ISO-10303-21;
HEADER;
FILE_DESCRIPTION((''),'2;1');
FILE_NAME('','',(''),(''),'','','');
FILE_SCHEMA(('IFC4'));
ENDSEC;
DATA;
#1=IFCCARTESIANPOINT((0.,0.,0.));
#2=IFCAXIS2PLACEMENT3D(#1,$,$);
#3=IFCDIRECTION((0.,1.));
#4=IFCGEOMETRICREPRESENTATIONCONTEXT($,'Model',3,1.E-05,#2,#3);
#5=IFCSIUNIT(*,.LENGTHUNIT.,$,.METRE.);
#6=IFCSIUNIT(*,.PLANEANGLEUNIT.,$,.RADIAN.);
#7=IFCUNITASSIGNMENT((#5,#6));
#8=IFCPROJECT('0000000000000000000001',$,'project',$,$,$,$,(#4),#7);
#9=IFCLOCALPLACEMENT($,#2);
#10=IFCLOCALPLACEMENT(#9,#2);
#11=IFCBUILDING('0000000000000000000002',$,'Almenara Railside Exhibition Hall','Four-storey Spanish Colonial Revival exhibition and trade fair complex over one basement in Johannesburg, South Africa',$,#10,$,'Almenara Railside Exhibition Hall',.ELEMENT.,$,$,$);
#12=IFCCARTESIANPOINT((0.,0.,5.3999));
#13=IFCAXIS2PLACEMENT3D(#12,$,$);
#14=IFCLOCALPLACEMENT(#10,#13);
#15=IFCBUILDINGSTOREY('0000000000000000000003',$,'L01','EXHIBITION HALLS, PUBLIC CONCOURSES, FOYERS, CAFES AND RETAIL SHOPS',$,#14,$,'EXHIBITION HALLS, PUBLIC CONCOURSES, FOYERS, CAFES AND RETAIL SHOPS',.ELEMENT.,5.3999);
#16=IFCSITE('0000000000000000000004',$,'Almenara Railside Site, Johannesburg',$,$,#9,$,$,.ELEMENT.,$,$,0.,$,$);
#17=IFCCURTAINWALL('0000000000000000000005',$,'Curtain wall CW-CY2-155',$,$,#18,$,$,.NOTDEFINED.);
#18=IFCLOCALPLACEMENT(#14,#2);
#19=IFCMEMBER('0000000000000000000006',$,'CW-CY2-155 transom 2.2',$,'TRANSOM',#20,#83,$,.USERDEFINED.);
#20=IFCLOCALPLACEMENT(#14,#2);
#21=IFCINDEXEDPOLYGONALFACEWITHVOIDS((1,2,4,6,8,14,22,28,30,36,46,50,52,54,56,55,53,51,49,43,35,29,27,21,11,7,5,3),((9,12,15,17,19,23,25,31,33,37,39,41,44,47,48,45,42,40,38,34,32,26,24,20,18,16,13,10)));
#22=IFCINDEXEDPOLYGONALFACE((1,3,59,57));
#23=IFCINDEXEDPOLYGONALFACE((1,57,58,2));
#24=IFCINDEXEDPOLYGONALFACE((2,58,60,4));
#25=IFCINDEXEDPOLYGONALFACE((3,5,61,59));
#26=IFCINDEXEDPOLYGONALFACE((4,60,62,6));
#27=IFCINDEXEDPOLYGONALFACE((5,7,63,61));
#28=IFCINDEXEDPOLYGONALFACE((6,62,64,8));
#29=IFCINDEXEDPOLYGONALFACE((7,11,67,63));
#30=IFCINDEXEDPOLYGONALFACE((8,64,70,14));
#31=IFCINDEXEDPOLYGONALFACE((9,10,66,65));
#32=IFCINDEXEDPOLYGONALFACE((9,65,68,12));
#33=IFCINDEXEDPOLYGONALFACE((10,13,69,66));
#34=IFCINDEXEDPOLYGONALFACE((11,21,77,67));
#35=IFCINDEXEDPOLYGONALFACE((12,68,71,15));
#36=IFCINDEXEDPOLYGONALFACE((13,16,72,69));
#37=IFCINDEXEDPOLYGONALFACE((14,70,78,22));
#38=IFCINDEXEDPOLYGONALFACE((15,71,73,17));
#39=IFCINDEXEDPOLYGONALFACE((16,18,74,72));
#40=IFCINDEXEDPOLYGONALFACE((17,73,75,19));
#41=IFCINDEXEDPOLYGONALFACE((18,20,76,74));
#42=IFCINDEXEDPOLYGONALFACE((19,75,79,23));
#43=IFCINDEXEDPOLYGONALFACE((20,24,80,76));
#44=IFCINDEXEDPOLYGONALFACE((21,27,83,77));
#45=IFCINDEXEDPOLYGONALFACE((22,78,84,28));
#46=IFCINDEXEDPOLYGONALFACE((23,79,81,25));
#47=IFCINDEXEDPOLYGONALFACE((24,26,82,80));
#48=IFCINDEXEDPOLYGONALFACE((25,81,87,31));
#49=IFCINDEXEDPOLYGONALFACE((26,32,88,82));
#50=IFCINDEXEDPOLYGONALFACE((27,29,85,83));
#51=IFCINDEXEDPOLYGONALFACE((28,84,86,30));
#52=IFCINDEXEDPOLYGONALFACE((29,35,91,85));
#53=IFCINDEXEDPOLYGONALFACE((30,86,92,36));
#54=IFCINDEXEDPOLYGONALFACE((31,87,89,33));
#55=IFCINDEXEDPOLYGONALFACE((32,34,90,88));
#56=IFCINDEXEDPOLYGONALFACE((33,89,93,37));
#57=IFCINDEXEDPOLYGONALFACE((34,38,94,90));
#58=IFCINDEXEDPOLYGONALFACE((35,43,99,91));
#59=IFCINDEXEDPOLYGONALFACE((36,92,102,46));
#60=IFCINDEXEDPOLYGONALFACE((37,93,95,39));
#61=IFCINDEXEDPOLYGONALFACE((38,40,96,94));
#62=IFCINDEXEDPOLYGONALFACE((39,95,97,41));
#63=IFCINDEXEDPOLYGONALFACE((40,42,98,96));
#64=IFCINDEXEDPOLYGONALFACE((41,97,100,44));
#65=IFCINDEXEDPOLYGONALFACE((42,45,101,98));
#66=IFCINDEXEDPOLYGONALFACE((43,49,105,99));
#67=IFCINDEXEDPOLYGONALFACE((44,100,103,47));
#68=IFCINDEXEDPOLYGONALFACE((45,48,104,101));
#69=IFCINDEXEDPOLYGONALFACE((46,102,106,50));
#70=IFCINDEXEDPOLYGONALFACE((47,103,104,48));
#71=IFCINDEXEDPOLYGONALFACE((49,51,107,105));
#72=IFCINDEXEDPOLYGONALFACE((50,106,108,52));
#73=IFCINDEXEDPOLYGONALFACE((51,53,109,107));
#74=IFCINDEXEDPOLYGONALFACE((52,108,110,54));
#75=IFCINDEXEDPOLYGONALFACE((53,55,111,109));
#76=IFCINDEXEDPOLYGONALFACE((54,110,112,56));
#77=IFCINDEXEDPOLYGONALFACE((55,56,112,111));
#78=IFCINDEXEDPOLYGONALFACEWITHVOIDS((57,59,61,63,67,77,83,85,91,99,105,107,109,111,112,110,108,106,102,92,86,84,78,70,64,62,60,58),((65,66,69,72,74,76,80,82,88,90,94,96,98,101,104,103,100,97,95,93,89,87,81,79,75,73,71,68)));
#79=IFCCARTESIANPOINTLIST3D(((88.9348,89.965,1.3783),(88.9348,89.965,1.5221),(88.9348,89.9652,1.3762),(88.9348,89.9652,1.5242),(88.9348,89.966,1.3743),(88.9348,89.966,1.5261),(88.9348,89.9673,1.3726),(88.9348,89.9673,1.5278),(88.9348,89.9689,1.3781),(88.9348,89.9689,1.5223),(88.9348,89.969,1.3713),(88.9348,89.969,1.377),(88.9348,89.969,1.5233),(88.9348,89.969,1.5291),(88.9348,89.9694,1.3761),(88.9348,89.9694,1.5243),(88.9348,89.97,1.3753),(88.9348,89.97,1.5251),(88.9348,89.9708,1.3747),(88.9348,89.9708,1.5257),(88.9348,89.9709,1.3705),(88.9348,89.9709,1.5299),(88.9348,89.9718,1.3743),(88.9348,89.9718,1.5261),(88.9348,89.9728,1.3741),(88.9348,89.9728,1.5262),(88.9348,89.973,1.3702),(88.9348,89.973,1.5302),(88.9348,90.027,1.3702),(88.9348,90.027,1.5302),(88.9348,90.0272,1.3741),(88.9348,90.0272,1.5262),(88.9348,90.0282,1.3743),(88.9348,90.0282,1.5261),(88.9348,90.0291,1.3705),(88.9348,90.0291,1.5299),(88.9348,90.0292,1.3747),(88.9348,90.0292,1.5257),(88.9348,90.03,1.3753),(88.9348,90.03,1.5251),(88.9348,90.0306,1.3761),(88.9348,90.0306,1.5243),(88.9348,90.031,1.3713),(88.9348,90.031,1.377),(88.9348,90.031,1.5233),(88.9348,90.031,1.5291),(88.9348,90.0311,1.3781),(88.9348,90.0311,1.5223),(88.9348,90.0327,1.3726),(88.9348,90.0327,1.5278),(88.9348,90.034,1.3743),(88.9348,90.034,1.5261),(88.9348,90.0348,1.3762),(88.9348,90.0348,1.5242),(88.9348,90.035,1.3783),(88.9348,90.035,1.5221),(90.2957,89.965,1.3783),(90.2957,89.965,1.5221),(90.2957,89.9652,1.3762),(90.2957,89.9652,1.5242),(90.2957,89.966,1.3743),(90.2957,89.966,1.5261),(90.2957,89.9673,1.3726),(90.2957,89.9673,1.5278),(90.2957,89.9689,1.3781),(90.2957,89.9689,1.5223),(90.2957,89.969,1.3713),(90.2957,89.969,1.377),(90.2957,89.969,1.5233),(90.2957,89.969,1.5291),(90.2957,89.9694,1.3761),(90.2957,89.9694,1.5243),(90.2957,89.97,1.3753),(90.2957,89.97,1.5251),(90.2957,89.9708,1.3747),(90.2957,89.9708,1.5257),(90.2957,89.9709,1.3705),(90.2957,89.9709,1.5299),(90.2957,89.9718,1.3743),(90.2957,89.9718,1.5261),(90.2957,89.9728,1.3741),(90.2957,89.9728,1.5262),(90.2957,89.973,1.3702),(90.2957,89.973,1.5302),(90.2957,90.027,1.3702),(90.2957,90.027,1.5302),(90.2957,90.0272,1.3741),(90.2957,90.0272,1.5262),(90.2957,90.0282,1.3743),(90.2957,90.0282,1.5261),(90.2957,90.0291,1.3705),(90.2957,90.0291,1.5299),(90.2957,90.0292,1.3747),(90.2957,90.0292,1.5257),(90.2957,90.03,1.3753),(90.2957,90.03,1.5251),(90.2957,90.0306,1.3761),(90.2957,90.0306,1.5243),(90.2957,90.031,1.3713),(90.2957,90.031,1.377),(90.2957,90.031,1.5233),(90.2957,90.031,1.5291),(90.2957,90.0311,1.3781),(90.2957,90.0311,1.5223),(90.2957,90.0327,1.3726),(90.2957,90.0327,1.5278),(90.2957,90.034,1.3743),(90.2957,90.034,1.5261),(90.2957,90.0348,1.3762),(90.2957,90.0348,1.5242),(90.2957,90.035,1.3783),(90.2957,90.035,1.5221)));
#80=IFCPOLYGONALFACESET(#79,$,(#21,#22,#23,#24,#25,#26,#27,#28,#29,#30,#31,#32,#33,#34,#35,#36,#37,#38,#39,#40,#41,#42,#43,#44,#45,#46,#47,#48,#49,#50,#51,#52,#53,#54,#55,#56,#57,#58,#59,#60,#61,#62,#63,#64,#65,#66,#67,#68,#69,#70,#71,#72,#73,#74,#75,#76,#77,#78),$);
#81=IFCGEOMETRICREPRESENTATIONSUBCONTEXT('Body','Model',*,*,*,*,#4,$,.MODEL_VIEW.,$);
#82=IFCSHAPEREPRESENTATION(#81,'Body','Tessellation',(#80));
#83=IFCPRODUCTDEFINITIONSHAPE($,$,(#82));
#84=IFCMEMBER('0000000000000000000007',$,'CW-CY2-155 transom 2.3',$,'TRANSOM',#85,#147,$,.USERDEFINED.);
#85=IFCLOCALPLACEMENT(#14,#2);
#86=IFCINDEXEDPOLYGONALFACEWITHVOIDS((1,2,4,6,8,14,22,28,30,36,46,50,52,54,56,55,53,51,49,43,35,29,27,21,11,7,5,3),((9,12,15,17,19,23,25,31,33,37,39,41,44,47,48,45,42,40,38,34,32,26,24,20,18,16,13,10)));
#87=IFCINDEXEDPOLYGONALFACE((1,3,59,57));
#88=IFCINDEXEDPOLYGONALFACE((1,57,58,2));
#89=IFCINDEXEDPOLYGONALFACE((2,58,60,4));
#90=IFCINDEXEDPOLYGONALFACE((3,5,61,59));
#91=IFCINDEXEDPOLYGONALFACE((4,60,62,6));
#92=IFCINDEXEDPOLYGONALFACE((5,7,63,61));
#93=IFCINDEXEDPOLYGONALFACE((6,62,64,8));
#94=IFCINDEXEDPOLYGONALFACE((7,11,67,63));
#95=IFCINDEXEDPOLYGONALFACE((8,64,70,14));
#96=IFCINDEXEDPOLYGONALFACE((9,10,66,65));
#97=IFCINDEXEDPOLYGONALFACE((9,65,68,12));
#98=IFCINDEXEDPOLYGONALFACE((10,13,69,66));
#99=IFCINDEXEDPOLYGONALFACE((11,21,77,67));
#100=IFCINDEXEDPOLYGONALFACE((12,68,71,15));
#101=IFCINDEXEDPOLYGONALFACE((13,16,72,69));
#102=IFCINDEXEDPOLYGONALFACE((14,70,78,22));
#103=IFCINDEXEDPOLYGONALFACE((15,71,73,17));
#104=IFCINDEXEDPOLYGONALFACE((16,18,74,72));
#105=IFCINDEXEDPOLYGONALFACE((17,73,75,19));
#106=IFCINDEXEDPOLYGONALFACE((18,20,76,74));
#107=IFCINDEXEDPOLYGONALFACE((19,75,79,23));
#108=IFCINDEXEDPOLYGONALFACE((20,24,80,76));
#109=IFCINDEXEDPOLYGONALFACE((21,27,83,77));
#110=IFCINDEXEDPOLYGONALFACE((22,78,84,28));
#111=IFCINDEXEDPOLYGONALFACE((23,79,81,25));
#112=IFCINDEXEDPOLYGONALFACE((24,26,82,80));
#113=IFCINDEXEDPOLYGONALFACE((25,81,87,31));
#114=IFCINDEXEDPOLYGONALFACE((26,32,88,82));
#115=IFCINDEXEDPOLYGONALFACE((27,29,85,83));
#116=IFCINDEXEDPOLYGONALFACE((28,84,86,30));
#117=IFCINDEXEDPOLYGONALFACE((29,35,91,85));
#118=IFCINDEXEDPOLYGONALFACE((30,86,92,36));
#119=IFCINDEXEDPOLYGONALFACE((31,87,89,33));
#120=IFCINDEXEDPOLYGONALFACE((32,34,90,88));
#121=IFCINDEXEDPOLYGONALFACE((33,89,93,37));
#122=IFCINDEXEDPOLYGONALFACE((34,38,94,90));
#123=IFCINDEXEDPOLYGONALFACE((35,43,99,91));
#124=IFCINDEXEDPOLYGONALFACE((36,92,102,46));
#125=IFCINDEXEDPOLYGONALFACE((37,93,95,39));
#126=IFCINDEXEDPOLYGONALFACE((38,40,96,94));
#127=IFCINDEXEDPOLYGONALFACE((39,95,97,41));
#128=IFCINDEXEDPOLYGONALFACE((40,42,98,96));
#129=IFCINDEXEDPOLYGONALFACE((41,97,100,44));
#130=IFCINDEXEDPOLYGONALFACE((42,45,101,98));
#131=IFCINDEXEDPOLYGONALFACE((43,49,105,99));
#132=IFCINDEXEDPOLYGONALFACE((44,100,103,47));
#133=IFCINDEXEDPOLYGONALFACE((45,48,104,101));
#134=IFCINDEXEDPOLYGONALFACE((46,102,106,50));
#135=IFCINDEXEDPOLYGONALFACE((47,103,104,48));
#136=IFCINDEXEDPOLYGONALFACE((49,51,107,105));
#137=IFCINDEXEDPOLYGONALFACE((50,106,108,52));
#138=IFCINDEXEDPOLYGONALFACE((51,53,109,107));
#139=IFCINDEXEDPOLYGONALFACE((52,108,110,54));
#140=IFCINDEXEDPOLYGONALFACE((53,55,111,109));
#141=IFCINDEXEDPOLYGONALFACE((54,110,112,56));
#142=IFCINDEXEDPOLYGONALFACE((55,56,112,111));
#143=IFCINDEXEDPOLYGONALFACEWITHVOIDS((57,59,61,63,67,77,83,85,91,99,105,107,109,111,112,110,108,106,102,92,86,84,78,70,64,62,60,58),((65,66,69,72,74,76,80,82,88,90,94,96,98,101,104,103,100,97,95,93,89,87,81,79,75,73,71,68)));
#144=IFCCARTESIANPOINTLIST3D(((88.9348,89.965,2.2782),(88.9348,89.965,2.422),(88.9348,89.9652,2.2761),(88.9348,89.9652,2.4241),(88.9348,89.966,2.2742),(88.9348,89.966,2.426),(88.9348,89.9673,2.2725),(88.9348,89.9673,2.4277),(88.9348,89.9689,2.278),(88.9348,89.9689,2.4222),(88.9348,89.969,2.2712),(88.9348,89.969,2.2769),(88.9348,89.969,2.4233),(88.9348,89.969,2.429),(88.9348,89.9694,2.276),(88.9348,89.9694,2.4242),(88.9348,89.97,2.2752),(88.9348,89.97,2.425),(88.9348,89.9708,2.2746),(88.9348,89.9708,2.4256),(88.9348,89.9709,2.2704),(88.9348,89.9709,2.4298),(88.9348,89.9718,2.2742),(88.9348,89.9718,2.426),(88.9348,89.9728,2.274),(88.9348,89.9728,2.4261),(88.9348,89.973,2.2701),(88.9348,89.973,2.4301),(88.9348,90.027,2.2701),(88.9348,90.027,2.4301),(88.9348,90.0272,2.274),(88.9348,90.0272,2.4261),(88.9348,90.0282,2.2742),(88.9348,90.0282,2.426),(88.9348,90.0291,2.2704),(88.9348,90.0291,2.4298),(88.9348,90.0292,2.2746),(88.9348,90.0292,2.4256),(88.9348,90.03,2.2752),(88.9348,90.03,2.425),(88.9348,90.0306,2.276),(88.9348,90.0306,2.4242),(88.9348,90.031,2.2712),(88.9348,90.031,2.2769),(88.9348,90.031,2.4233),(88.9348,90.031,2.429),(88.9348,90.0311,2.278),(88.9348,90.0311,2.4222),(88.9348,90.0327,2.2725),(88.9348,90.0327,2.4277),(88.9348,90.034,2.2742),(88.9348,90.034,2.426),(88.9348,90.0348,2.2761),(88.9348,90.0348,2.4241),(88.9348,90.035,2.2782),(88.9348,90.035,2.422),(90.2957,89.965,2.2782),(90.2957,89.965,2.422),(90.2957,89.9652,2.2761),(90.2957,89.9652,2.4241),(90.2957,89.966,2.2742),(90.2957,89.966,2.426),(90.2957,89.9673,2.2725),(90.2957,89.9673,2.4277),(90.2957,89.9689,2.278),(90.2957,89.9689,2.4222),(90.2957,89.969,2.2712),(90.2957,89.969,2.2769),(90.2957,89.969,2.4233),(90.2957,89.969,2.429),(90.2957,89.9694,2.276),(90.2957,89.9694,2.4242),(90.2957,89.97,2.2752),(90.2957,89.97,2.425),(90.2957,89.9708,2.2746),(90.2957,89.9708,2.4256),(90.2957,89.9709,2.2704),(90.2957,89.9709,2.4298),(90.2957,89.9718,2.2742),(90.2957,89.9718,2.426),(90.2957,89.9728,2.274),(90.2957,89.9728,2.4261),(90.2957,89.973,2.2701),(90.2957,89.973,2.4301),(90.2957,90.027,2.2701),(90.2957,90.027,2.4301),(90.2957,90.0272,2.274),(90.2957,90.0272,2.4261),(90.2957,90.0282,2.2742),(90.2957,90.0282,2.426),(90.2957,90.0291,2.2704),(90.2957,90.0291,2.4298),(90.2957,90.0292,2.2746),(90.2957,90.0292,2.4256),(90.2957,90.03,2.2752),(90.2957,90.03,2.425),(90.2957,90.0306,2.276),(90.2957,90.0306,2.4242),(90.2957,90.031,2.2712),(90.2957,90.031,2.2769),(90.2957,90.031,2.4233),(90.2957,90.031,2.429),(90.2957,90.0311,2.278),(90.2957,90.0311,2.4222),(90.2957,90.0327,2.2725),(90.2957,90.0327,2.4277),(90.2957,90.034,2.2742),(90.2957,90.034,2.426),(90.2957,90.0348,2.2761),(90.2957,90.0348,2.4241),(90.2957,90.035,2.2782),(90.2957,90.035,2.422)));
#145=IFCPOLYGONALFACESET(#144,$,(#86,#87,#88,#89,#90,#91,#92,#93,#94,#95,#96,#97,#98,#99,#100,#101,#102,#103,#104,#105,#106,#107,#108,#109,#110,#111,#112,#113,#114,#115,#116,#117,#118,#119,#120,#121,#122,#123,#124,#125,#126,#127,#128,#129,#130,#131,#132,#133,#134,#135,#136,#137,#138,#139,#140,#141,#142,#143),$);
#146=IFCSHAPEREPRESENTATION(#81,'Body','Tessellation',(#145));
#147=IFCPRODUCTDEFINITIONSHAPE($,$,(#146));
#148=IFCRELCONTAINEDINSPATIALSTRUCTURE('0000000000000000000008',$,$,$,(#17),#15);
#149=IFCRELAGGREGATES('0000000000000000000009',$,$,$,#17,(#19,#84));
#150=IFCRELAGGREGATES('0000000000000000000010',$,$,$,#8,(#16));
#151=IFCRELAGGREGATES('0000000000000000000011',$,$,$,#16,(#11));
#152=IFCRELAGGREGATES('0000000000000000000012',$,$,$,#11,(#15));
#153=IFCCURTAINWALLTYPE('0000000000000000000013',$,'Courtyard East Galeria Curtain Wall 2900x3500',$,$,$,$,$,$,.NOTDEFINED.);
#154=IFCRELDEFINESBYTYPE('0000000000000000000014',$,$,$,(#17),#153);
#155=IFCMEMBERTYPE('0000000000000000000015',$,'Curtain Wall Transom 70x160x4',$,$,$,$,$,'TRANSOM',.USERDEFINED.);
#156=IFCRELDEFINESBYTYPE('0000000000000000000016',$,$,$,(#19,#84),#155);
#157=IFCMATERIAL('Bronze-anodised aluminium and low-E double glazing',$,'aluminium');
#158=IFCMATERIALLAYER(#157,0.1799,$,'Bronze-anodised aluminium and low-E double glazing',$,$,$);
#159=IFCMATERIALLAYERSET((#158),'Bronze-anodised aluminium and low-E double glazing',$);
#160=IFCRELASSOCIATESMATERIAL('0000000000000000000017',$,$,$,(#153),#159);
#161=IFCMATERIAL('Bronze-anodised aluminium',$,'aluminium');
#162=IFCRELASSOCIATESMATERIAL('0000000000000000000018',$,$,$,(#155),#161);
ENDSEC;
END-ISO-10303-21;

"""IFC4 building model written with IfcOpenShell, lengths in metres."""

from ifc_helpers import new_model, si_unit, direction, frame, origin, origin_2d, place, context, subcontext, project, spatial, hollow_rectangle, extrude, material, layer, layer_set, material_profile, profile_set, type_object, element, aggregate, save


model = new_model("IFC4")

# Units and contexts
model_context = context("Model", 3, precision=1e-05, world=origin(), true_north=direction((0.0, 1.0)))
body_context = subcontext(model_context, "Body", "Model", "MODEL_VIEW")
ifc_project = project(units=[si_unit("LENGTHUNIT", "METRE"), si_unit("PLANEANGLEUNIT", "RADIAN")], contexts=[model_context])

# Site, building, storey
site_placement = place(None, origin())
site = spatial("IfcSite", under=ifc_project, at=site_placement, Name="Almenara Railside Site, Johannesburg", CompositionType="ELEMENT", RefElevation=0.0)
building_placement = place(site_placement, origin())
building = spatial("IfcBuilding", under=site, at=building_placement, Name="Almenara Railside Exhibition Hall", Description="Four-storey Spanish Colonial Revival exhibition and trade fair complex over one basement in Johannesburg, South Africa", LongName="Almenara Railside Exhibition Hall", CompositionType="ELEMENT")
storey_placement = place(building_placement, frame((0.0, 0.0, 5.3999)))
storey = spatial("IfcBuildingStorey", under=building, at=storey_placement, Name="L01", Description="EXHIBITION HALLS, PUBLIC CONCOURSES, FOYERS, CAFES AND RETAIL SHOPS", LongName="EXHIBITION HALLS, PUBLIC CONCOURSES, FOYERS, CAFES AND RETAIL SHOPS", CompositionType="ELEMENT", Elevation=5.3999)

# Shared definitions
ifc_material_1 = material(Name="Bronze-anodised aluminium and low-E double glazing", Category="aluminium")
ifc_material_2 = material(Name="Bronze-anodised aluminium", Category="aluminium")

# Curtain wall
ifc_layer_1 = layer(ifc_material_1, 0.1799, Name="Bronze-anodised aluminium and low-E double glazing")
ifc_layer_set_1 = layer_set([ifc_layer_1], Name="Bronze-anodised aluminium and low-E double glazing")
curtain_wall_type_1 = type_object("IfcCurtainWallType", Name="Courtyard East Galeria Curtain Wall 2900x3500", PredefinedType="NOTDEFINED", material=ifc_layer_set_1)
curtain_wall_1_placement = place(storey_placement, origin())
curtain_wall_1 = element("IfcCurtainWall", 1, at=curtain_wall_1_placement, inside=storey, type_object=curtain_wall_type_1, Name="Curtain wall CW-CY2-155", PredefinedType="NOTDEFINED")

# Members
ifc_material_profile_1 = material_profile(ifc_material_2, hollow_rectangle(XDim=0.0701, YDim=0.1599, WallThickness=0.0039, InnerFilletRadius=0.0039, OuterFilletRadius=0.0081, at=origin_2d()), Name="ALU-TRN 70x160x4")
ifc_profile_set_1 = profile_set([ifc_material_profile_1], Name="Bronze-anodised aluminium")
member_type_1 = type_object("IfcMemberType", Name="Curtain Wall Transom 70x160x4", ElementType="TRANSOM", PredefinedType="USERDEFINED", material=ifc_profile_set_1)
member_1_placement = place(storey_placement, frame((90.2957, 90.0, 1.4502), z_axis=(-1.0, 0.0, 0.0), x_axis=(0.0, -1.0, 0.0)))
member_1 = element("IfcMember", 2, at=member_1_placement, type_object=member_type_1, Name="CW-CY2-155 transom 2.2", ObjectType="TRANSOM", PredefinedType="USERDEFINED", context=body_context, shape_type="SweptSolid", body=[
    extrude(hollow_rectangle(XDim=0.0701, YDim=0.1599, WallThickness=0.0039, InnerFilletRadius=0.0039, OuterFilletRadius=0.0081, at=origin_2d()), origin(), (0.0, 0.0, 1.0), 1.3608),
])
member_2_placement = place(storey_placement, frame((90.2957, 90.0, 2.3501), z_axis=(-1.0, 0.0, 0.0), x_axis=(0.0, -1.0, 0.0)))
member_2 = element("IfcMember", 3, at=member_2_placement, type_object=member_type_1, Name="CW-CY2-155 transom 2.3", ObjectType="TRANSOM", PredefinedType="USERDEFINED", context=body_context, shape_type="SweptSolid", body=[
    extrude(hollow_rectangle(XDim=0.0701, YDim=0.1599, WallThickness=0.0039, InnerFilletRadius=0.0039, OuterFilletRadius=0.0081, at=origin_2d()), origin(), (0.0, 0.0, 1.0), 1.3608),
])

aggregate(curtain_wall_1, [member_1, member_2])

save(model, "model.ifc")
